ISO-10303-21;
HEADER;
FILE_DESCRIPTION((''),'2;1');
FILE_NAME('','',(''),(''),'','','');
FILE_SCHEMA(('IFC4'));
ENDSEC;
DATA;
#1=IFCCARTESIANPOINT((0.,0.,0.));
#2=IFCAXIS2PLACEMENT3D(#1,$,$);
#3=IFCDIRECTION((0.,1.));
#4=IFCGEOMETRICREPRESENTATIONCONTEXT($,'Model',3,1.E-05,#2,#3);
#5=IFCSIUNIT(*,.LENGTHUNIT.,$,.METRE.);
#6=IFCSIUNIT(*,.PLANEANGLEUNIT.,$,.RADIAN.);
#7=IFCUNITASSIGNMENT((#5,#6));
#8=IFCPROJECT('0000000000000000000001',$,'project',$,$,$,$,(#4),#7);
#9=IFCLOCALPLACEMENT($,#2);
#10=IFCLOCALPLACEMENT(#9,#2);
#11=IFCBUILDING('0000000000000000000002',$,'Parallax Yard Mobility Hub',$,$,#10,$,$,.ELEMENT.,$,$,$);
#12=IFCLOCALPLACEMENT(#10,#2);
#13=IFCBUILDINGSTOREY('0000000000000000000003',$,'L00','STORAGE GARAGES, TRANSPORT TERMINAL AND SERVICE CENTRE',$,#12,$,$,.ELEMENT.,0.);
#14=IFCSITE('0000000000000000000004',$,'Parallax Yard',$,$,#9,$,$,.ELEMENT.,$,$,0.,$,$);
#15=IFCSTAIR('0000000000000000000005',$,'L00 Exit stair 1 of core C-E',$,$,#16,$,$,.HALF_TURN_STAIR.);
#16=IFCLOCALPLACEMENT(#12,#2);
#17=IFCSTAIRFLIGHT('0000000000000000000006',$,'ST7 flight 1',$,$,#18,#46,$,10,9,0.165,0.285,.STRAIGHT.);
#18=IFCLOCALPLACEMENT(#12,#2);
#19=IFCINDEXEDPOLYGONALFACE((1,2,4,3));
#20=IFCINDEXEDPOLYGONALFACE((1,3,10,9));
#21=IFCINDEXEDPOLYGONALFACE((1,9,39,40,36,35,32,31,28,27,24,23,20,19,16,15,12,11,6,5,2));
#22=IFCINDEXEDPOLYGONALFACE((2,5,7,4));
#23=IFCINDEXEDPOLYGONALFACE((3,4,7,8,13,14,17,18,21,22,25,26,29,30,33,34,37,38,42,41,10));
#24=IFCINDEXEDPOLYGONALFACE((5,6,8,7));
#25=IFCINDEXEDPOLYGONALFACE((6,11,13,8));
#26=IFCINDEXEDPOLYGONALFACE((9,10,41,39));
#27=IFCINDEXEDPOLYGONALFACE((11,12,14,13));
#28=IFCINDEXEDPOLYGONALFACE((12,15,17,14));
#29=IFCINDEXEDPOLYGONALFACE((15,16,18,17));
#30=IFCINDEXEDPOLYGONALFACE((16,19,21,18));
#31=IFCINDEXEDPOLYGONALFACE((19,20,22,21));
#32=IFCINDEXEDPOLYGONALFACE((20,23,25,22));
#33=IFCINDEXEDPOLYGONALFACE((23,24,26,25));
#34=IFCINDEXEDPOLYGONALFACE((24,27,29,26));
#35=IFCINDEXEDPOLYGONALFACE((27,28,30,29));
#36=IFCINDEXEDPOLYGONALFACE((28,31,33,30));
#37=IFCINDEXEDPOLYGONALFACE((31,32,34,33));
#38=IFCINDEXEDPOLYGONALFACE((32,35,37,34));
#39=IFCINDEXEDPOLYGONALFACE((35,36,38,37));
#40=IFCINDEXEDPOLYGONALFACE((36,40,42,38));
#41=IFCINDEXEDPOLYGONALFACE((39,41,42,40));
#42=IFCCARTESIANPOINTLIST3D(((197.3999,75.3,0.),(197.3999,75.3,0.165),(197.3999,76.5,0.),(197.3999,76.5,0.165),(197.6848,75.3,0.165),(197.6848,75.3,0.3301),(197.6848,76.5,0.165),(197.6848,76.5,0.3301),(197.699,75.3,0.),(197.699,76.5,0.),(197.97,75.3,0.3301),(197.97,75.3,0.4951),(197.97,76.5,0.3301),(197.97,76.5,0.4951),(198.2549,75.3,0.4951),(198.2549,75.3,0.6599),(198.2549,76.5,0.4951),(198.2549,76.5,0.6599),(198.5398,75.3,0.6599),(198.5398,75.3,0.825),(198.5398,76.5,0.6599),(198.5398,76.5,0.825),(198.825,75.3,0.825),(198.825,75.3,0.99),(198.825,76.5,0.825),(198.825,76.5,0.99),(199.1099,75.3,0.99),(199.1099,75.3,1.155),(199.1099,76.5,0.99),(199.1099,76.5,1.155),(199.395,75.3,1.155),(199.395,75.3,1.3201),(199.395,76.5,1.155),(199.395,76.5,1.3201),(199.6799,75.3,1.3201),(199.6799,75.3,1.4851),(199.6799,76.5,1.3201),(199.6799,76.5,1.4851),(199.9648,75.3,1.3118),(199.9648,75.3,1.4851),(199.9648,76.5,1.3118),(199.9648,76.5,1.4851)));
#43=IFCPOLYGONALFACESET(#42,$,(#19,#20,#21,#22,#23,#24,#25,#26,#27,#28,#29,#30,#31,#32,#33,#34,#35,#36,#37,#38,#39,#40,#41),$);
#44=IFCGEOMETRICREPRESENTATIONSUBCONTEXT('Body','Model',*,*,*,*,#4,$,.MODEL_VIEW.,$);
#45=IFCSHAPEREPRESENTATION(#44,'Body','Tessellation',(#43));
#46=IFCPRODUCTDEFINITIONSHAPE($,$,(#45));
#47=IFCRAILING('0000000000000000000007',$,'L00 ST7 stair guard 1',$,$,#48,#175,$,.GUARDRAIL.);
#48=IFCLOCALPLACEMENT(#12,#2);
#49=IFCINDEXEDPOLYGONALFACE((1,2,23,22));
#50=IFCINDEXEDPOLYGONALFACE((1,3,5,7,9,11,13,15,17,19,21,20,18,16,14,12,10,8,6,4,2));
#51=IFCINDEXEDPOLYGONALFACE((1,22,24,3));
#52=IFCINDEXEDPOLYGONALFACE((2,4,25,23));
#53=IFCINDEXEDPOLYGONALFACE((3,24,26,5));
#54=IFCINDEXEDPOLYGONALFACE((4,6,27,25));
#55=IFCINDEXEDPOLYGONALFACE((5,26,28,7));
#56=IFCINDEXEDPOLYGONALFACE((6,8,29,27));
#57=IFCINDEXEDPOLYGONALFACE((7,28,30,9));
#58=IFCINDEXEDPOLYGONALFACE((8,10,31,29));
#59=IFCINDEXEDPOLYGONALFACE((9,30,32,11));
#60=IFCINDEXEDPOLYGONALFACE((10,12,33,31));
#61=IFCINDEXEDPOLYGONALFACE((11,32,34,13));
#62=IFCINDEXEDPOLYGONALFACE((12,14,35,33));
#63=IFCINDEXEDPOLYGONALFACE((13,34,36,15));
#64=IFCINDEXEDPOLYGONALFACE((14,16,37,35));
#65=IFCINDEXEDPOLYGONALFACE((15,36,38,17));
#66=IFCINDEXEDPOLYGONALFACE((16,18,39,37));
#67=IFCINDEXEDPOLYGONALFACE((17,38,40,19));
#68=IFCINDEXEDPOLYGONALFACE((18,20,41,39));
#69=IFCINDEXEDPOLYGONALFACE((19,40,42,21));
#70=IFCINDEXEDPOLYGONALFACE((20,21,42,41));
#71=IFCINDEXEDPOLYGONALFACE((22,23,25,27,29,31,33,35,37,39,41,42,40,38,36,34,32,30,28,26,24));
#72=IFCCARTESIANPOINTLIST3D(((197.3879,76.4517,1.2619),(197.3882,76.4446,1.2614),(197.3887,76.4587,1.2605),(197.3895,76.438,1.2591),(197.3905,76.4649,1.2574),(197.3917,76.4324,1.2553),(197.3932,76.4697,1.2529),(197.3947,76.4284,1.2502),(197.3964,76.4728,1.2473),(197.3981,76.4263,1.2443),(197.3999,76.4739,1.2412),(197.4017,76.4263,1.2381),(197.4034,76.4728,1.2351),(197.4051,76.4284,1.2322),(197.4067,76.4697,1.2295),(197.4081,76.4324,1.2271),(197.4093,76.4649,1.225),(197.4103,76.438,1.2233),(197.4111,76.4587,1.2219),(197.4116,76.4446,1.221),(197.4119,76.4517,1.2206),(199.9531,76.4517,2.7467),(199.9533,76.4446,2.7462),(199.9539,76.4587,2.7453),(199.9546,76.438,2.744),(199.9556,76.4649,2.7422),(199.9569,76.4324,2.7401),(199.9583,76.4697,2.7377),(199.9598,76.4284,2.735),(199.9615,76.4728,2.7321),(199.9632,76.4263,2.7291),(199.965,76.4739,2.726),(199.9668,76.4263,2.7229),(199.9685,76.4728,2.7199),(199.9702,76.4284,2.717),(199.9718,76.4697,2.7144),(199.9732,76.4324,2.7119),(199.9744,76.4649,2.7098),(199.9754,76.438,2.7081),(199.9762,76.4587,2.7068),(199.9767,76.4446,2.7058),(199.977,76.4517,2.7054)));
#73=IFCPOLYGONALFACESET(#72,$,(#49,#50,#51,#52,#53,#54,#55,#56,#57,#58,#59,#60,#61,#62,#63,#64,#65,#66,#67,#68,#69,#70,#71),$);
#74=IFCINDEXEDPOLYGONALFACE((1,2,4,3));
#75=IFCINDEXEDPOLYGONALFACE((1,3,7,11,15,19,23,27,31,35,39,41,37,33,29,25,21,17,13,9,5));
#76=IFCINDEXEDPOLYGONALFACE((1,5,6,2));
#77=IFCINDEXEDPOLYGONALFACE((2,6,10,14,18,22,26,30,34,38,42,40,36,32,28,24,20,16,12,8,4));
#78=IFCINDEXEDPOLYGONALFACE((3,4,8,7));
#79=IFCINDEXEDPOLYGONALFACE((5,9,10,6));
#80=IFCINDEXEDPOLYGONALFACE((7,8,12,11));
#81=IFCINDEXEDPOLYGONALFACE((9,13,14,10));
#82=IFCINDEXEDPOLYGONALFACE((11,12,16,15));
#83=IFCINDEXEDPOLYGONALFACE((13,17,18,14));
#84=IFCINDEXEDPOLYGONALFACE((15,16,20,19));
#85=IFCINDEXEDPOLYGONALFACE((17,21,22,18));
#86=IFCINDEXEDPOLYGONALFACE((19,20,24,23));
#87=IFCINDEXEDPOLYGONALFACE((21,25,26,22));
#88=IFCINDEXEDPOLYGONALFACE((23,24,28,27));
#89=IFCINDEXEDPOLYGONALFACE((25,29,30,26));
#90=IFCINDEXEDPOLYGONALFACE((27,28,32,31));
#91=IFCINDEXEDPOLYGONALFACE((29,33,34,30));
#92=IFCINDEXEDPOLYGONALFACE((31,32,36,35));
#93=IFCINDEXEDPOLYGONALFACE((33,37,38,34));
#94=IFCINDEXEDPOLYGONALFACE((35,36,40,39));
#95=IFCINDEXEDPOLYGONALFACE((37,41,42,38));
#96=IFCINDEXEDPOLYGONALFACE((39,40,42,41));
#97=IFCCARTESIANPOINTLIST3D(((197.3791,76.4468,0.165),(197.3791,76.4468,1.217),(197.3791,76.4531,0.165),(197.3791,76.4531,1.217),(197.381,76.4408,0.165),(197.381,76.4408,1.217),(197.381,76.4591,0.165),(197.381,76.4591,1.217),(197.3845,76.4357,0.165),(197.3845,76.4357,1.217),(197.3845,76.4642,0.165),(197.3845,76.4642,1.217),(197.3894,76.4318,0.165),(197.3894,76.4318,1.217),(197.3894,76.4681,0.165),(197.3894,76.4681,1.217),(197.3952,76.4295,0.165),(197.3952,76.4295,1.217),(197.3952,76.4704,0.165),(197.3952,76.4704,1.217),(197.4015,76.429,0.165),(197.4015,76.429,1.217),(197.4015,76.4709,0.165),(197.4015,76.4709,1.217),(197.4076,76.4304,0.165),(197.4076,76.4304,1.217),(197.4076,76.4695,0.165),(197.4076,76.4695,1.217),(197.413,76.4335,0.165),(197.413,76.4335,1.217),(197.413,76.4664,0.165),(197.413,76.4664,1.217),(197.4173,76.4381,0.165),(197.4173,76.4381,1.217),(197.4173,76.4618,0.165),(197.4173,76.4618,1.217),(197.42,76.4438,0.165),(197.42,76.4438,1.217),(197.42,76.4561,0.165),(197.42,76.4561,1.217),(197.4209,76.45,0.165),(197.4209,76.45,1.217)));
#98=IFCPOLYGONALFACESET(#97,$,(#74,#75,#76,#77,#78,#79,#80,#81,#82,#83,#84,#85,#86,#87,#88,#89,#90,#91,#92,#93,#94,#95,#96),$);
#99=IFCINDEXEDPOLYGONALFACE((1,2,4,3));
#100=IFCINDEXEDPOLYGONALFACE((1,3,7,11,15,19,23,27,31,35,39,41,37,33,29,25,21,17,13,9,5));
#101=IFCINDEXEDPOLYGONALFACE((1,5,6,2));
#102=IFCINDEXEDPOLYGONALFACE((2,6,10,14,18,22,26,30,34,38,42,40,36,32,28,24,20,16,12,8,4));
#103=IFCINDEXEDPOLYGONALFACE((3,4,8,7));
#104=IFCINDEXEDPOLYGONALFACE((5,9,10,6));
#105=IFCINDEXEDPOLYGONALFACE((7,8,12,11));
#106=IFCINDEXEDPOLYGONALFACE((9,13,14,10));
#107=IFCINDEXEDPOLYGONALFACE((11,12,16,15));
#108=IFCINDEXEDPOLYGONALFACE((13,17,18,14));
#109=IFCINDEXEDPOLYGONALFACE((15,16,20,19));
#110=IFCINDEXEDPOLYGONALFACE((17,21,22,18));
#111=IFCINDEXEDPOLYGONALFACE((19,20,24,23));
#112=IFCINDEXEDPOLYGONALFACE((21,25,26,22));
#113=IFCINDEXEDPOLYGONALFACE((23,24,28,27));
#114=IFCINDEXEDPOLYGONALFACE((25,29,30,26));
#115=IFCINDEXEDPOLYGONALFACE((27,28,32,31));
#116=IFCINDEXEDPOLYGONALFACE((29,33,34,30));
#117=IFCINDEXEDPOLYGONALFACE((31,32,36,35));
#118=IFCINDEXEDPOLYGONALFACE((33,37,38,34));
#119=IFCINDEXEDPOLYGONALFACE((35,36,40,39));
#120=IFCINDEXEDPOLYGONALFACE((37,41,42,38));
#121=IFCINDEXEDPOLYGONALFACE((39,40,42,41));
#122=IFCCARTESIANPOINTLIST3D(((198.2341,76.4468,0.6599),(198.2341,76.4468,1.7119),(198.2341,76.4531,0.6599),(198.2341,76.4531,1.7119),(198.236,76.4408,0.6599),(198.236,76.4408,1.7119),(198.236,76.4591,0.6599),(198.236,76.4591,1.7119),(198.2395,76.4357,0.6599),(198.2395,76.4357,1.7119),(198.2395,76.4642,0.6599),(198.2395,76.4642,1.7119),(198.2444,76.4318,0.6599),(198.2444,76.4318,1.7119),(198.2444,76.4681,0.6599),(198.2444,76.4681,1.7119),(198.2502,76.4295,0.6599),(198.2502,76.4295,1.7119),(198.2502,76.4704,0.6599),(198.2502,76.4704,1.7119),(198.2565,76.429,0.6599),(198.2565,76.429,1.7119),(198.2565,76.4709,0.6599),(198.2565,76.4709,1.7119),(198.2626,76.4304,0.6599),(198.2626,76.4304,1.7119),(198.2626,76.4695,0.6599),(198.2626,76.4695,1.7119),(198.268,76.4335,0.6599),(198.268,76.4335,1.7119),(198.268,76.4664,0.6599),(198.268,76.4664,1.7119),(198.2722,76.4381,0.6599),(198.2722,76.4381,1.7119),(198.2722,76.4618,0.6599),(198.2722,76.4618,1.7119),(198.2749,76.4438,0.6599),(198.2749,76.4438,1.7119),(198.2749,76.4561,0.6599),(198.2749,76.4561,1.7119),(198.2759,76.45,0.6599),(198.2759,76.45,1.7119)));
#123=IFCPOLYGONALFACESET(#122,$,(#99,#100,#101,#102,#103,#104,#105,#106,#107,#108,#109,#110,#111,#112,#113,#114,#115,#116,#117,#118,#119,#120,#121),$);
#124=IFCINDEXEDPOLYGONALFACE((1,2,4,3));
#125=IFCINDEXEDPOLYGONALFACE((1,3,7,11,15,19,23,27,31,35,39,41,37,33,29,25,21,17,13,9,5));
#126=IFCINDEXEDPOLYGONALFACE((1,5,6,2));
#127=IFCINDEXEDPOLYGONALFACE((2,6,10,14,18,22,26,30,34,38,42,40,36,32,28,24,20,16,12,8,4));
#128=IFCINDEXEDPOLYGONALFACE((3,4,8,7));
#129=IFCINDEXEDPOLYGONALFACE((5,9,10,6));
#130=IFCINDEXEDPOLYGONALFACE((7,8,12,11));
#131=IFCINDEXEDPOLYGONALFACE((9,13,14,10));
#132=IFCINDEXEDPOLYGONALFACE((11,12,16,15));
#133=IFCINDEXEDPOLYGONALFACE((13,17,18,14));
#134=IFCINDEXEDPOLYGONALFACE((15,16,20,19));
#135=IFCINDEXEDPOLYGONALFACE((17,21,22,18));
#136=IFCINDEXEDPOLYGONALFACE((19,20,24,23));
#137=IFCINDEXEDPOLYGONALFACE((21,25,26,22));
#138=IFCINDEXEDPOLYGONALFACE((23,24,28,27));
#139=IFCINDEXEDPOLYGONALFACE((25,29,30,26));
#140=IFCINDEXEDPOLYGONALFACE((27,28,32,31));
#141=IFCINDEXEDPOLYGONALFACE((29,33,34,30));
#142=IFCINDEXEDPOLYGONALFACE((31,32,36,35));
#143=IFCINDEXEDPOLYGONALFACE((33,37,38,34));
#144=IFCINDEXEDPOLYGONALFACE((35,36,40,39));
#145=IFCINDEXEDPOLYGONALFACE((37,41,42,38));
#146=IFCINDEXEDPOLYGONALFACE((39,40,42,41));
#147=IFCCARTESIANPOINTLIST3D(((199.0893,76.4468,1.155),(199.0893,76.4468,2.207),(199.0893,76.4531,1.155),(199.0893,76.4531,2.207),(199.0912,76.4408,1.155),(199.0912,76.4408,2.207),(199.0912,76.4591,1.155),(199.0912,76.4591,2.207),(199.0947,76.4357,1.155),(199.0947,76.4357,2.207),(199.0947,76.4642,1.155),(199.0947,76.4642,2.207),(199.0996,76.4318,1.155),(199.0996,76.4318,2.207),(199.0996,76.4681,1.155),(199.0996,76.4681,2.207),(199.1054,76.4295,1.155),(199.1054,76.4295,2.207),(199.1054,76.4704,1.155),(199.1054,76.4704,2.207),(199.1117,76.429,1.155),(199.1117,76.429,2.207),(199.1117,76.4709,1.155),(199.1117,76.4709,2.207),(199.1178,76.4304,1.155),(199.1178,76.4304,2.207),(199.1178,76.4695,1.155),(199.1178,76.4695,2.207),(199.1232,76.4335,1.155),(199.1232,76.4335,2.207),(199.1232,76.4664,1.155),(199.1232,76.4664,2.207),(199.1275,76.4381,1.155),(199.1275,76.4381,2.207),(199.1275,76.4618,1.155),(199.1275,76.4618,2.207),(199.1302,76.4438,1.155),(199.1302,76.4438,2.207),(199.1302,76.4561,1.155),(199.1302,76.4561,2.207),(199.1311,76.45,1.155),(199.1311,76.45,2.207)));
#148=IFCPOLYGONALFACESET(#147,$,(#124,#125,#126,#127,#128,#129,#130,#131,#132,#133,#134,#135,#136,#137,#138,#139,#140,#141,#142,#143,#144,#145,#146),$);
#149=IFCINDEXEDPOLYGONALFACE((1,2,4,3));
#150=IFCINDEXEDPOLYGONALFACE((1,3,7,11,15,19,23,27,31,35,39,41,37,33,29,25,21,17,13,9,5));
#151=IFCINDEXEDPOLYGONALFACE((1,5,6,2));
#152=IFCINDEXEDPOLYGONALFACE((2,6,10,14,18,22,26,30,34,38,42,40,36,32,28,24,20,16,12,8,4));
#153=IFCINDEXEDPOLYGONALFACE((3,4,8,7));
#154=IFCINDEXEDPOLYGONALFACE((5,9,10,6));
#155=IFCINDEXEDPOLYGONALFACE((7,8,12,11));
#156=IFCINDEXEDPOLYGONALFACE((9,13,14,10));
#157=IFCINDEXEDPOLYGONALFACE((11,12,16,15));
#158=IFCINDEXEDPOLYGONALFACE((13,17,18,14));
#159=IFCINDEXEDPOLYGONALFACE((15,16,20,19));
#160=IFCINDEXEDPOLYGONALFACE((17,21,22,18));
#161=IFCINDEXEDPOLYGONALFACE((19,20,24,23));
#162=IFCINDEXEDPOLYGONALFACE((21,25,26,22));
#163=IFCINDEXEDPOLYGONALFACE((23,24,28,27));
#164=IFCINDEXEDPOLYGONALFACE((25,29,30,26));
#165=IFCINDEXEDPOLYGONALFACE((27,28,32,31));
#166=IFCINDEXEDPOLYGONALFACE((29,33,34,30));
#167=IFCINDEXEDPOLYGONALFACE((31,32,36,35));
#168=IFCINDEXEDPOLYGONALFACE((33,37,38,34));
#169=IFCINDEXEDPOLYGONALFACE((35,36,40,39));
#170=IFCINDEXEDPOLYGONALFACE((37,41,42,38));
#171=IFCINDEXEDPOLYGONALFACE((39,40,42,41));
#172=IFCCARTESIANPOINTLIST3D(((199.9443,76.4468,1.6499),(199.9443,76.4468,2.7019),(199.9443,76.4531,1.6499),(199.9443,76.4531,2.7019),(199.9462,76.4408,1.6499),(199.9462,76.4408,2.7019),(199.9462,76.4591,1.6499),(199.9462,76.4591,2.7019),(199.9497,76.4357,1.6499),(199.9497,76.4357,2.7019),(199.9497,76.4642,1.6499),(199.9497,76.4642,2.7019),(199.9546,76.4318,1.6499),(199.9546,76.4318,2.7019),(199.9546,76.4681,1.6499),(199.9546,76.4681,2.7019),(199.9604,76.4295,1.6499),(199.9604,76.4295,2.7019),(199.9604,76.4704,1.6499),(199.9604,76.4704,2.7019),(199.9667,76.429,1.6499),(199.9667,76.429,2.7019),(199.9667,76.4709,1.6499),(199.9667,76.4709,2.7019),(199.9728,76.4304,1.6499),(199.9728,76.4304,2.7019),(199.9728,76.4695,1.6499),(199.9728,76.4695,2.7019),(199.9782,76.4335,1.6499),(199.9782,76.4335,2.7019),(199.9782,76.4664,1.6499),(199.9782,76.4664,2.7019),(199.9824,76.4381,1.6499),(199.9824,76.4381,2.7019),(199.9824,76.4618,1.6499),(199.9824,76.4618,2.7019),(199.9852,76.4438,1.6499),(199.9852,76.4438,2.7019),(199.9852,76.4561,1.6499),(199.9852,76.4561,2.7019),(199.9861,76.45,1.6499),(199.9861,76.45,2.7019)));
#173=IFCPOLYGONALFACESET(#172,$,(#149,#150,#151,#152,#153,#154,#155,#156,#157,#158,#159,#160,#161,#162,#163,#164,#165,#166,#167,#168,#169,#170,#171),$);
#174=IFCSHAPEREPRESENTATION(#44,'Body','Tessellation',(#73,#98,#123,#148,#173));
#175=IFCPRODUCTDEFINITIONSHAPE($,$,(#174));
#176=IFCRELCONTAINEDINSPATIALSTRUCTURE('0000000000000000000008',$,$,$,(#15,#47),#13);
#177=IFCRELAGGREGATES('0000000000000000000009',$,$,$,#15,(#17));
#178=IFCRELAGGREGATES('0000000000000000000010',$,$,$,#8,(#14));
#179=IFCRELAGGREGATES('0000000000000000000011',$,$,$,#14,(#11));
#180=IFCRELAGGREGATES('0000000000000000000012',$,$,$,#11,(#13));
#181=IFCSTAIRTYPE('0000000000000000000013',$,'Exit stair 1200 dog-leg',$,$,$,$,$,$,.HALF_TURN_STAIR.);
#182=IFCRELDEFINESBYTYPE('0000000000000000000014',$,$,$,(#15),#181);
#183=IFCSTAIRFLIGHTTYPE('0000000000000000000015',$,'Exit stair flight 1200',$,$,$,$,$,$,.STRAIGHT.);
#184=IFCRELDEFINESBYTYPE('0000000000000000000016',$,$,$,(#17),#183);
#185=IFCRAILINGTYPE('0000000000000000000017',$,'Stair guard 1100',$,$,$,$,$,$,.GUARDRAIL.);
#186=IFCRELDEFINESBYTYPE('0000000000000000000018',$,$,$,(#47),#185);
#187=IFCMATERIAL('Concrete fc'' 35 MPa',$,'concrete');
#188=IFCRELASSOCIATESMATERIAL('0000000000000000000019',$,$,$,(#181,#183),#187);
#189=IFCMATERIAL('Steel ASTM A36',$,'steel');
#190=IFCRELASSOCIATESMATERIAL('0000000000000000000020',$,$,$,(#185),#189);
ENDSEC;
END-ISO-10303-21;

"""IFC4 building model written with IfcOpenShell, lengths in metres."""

from ifc_helpers import new_model, si_unit, direction, frame, origin, origin_2d, place, context, subcontext, project, spatial, polyline, circle, outline, extrude, material, type_object, element, aggregate, save


model = new_model("IFC4")

# Units and contexts
model_context = context("Model", 3, precision=1e-05, world=origin(), true_north=direction((0.0, 1.0)))
body_context = subcontext(model_context, "Body", "Model", "MODEL_VIEW")
ifc_project = project(units=[si_unit("LENGTHUNIT", "METRE"), si_unit("PLANEANGLEUNIT", "RADIAN")], contexts=[model_context])

# Site, building, storey
site_placement = place(None, origin())
site = spatial("IfcSite", under=ifc_project, at=site_placement, Name="Parallax Yard", CompositionType="ELEMENT", RefElevation=0.0)
building_placement = place(site_placement, origin())
building = spatial("IfcBuilding", under=site, at=building_placement, Name="Parallax Yard Mobility Hub", CompositionType="ELEMENT")
storey_placement = place(building_placement, origin())
storey = spatial("IfcBuildingStorey", under=building, at=storey_placement, Name="L00", Description="STORAGE GARAGES, TRANSPORT TERMINAL AND SERVICE CENTRE", CompositionType="ELEMENT", Elevation=0.0)

# Shared definitions
ifc_material_1 = material(Name="Concrete fc' 35 MPa", Category="concrete")

# Stair, stair flight
stair_type = type_object("IfcStairType", Name="Exit stair 1200 dog-leg", PredefinedType="HALF_TURN_STAIR", material=ifc_material_1)
stair_placement = place(storey_placement, origin())
stair = element("IfcStair", 1, at=stair_placement, inside=storey, type_object=stair_type, Name="L00 Exit stair 1 of core C-E", PredefinedType="HALF_TURN_STAIR")
stair_flight_type = type_object("IfcStairFlightType", Name="Exit stair flight 1200", PredefinedType="STRAIGHT", material=ifc_material_1)
stair_flight_placement = place(storey_placement, frame((197.3999, 75.8999, 0.0), z_axis=(0.0, 0.0, 1.0), x_axis=(1.0, 0.0, 0.0)))
stair_flight = element("IfcStairFlight", 2, at=stair_flight_placement, type_object=stair_flight_type, Name="ST7 flight 1", NumberOfRisers=10, NumberOfTreads=9, PredefinedType="STRAIGHT", RiserHeight=0.165, TreadLength=0.285, context=body_context, shape_type="SweptSolid", body=[
    extrude(outline(polyline([(0.0, 0.0), (0.0, 0.165), (0.2849, 0.165), (0.2849, 0.3301), (0.5701, 0.3301), (0.5701, 0.4951), (0.855, 0.4951), (0.855, 0.6599), (1.1399, 0.6599), (1.1399, 0.825), (1.425, 0.825), (1.425, 0.99), (1.71, 0.99), (1.71, 1.155), (1.9951, 1.155), (1.9951, 1.3201), (2.28, 1.3201), (2.28, 1.4851), (2.5649, 1.4851), (2.5649, 1.6499), (2.5649, 1.3118), (0.2991, 0.0), (0.0, 0.0)])), frame((0.0, 0.6001, 0.0), z_axis=(0.0, -1.0, 0.0), x_axis=(1.0, 0.0, 0.0)), (0.0, 0.0, 1.0), 1.2),
])
aggregate(stair, [stair_flight])

# Railing
ifc_material_2 = material(Name="Steel ASTM A36", Category="steel")
railing_type_1 = type_object("IfcRailingType", Name="Stair guard 1100", PredefinedType="GUARDRAIL", material=ifc_material_2)
railing_1_placement = place(storey_placement, frame((197.3999, 76.45, 0.165)))
element("IfcRailing", 3, at=railing_1_placement, inside=storey, type_object=railing_type_1, Name="L00 ST7 stair guard 1", PredefinedType="GUARDRAIL", context=body_context, shape_type="SweptSolid", body=[
    extrude(circle(Radius=0.0239, at=origin_2d()), frame((0.0, 0.0, 1.0762), z_axis=(0.865462, 0.0, 0.500975), x_axis=(0.0, 1.0, 0.0)), (0.0, 0.0, 1.0), 2.9639),
    extrude(circle(Radius=0.021, at=origin_2d()), origin(), (0.0, 0.0, 1.0), 1.052),
    extrude(circle(Radius=0.021, at=origin_2d()), frame((0.855, 0.0, 0.4949)), (0.0, 0.0, 1.0), 1.052),
    extrude(circle(Radius=0.021, at=origin_2d()), frame((1.7102, 0.0, 0.99)), (0.0, 0.0, 1.0), 1.052),
    extrude(circle(Radius=0.021, at=origin_2d()), frame((2.5652, 0.0, 1.4849)), (0.0, 0.0, 1.0), 1.052),
])

save(model, "model.ifc")
